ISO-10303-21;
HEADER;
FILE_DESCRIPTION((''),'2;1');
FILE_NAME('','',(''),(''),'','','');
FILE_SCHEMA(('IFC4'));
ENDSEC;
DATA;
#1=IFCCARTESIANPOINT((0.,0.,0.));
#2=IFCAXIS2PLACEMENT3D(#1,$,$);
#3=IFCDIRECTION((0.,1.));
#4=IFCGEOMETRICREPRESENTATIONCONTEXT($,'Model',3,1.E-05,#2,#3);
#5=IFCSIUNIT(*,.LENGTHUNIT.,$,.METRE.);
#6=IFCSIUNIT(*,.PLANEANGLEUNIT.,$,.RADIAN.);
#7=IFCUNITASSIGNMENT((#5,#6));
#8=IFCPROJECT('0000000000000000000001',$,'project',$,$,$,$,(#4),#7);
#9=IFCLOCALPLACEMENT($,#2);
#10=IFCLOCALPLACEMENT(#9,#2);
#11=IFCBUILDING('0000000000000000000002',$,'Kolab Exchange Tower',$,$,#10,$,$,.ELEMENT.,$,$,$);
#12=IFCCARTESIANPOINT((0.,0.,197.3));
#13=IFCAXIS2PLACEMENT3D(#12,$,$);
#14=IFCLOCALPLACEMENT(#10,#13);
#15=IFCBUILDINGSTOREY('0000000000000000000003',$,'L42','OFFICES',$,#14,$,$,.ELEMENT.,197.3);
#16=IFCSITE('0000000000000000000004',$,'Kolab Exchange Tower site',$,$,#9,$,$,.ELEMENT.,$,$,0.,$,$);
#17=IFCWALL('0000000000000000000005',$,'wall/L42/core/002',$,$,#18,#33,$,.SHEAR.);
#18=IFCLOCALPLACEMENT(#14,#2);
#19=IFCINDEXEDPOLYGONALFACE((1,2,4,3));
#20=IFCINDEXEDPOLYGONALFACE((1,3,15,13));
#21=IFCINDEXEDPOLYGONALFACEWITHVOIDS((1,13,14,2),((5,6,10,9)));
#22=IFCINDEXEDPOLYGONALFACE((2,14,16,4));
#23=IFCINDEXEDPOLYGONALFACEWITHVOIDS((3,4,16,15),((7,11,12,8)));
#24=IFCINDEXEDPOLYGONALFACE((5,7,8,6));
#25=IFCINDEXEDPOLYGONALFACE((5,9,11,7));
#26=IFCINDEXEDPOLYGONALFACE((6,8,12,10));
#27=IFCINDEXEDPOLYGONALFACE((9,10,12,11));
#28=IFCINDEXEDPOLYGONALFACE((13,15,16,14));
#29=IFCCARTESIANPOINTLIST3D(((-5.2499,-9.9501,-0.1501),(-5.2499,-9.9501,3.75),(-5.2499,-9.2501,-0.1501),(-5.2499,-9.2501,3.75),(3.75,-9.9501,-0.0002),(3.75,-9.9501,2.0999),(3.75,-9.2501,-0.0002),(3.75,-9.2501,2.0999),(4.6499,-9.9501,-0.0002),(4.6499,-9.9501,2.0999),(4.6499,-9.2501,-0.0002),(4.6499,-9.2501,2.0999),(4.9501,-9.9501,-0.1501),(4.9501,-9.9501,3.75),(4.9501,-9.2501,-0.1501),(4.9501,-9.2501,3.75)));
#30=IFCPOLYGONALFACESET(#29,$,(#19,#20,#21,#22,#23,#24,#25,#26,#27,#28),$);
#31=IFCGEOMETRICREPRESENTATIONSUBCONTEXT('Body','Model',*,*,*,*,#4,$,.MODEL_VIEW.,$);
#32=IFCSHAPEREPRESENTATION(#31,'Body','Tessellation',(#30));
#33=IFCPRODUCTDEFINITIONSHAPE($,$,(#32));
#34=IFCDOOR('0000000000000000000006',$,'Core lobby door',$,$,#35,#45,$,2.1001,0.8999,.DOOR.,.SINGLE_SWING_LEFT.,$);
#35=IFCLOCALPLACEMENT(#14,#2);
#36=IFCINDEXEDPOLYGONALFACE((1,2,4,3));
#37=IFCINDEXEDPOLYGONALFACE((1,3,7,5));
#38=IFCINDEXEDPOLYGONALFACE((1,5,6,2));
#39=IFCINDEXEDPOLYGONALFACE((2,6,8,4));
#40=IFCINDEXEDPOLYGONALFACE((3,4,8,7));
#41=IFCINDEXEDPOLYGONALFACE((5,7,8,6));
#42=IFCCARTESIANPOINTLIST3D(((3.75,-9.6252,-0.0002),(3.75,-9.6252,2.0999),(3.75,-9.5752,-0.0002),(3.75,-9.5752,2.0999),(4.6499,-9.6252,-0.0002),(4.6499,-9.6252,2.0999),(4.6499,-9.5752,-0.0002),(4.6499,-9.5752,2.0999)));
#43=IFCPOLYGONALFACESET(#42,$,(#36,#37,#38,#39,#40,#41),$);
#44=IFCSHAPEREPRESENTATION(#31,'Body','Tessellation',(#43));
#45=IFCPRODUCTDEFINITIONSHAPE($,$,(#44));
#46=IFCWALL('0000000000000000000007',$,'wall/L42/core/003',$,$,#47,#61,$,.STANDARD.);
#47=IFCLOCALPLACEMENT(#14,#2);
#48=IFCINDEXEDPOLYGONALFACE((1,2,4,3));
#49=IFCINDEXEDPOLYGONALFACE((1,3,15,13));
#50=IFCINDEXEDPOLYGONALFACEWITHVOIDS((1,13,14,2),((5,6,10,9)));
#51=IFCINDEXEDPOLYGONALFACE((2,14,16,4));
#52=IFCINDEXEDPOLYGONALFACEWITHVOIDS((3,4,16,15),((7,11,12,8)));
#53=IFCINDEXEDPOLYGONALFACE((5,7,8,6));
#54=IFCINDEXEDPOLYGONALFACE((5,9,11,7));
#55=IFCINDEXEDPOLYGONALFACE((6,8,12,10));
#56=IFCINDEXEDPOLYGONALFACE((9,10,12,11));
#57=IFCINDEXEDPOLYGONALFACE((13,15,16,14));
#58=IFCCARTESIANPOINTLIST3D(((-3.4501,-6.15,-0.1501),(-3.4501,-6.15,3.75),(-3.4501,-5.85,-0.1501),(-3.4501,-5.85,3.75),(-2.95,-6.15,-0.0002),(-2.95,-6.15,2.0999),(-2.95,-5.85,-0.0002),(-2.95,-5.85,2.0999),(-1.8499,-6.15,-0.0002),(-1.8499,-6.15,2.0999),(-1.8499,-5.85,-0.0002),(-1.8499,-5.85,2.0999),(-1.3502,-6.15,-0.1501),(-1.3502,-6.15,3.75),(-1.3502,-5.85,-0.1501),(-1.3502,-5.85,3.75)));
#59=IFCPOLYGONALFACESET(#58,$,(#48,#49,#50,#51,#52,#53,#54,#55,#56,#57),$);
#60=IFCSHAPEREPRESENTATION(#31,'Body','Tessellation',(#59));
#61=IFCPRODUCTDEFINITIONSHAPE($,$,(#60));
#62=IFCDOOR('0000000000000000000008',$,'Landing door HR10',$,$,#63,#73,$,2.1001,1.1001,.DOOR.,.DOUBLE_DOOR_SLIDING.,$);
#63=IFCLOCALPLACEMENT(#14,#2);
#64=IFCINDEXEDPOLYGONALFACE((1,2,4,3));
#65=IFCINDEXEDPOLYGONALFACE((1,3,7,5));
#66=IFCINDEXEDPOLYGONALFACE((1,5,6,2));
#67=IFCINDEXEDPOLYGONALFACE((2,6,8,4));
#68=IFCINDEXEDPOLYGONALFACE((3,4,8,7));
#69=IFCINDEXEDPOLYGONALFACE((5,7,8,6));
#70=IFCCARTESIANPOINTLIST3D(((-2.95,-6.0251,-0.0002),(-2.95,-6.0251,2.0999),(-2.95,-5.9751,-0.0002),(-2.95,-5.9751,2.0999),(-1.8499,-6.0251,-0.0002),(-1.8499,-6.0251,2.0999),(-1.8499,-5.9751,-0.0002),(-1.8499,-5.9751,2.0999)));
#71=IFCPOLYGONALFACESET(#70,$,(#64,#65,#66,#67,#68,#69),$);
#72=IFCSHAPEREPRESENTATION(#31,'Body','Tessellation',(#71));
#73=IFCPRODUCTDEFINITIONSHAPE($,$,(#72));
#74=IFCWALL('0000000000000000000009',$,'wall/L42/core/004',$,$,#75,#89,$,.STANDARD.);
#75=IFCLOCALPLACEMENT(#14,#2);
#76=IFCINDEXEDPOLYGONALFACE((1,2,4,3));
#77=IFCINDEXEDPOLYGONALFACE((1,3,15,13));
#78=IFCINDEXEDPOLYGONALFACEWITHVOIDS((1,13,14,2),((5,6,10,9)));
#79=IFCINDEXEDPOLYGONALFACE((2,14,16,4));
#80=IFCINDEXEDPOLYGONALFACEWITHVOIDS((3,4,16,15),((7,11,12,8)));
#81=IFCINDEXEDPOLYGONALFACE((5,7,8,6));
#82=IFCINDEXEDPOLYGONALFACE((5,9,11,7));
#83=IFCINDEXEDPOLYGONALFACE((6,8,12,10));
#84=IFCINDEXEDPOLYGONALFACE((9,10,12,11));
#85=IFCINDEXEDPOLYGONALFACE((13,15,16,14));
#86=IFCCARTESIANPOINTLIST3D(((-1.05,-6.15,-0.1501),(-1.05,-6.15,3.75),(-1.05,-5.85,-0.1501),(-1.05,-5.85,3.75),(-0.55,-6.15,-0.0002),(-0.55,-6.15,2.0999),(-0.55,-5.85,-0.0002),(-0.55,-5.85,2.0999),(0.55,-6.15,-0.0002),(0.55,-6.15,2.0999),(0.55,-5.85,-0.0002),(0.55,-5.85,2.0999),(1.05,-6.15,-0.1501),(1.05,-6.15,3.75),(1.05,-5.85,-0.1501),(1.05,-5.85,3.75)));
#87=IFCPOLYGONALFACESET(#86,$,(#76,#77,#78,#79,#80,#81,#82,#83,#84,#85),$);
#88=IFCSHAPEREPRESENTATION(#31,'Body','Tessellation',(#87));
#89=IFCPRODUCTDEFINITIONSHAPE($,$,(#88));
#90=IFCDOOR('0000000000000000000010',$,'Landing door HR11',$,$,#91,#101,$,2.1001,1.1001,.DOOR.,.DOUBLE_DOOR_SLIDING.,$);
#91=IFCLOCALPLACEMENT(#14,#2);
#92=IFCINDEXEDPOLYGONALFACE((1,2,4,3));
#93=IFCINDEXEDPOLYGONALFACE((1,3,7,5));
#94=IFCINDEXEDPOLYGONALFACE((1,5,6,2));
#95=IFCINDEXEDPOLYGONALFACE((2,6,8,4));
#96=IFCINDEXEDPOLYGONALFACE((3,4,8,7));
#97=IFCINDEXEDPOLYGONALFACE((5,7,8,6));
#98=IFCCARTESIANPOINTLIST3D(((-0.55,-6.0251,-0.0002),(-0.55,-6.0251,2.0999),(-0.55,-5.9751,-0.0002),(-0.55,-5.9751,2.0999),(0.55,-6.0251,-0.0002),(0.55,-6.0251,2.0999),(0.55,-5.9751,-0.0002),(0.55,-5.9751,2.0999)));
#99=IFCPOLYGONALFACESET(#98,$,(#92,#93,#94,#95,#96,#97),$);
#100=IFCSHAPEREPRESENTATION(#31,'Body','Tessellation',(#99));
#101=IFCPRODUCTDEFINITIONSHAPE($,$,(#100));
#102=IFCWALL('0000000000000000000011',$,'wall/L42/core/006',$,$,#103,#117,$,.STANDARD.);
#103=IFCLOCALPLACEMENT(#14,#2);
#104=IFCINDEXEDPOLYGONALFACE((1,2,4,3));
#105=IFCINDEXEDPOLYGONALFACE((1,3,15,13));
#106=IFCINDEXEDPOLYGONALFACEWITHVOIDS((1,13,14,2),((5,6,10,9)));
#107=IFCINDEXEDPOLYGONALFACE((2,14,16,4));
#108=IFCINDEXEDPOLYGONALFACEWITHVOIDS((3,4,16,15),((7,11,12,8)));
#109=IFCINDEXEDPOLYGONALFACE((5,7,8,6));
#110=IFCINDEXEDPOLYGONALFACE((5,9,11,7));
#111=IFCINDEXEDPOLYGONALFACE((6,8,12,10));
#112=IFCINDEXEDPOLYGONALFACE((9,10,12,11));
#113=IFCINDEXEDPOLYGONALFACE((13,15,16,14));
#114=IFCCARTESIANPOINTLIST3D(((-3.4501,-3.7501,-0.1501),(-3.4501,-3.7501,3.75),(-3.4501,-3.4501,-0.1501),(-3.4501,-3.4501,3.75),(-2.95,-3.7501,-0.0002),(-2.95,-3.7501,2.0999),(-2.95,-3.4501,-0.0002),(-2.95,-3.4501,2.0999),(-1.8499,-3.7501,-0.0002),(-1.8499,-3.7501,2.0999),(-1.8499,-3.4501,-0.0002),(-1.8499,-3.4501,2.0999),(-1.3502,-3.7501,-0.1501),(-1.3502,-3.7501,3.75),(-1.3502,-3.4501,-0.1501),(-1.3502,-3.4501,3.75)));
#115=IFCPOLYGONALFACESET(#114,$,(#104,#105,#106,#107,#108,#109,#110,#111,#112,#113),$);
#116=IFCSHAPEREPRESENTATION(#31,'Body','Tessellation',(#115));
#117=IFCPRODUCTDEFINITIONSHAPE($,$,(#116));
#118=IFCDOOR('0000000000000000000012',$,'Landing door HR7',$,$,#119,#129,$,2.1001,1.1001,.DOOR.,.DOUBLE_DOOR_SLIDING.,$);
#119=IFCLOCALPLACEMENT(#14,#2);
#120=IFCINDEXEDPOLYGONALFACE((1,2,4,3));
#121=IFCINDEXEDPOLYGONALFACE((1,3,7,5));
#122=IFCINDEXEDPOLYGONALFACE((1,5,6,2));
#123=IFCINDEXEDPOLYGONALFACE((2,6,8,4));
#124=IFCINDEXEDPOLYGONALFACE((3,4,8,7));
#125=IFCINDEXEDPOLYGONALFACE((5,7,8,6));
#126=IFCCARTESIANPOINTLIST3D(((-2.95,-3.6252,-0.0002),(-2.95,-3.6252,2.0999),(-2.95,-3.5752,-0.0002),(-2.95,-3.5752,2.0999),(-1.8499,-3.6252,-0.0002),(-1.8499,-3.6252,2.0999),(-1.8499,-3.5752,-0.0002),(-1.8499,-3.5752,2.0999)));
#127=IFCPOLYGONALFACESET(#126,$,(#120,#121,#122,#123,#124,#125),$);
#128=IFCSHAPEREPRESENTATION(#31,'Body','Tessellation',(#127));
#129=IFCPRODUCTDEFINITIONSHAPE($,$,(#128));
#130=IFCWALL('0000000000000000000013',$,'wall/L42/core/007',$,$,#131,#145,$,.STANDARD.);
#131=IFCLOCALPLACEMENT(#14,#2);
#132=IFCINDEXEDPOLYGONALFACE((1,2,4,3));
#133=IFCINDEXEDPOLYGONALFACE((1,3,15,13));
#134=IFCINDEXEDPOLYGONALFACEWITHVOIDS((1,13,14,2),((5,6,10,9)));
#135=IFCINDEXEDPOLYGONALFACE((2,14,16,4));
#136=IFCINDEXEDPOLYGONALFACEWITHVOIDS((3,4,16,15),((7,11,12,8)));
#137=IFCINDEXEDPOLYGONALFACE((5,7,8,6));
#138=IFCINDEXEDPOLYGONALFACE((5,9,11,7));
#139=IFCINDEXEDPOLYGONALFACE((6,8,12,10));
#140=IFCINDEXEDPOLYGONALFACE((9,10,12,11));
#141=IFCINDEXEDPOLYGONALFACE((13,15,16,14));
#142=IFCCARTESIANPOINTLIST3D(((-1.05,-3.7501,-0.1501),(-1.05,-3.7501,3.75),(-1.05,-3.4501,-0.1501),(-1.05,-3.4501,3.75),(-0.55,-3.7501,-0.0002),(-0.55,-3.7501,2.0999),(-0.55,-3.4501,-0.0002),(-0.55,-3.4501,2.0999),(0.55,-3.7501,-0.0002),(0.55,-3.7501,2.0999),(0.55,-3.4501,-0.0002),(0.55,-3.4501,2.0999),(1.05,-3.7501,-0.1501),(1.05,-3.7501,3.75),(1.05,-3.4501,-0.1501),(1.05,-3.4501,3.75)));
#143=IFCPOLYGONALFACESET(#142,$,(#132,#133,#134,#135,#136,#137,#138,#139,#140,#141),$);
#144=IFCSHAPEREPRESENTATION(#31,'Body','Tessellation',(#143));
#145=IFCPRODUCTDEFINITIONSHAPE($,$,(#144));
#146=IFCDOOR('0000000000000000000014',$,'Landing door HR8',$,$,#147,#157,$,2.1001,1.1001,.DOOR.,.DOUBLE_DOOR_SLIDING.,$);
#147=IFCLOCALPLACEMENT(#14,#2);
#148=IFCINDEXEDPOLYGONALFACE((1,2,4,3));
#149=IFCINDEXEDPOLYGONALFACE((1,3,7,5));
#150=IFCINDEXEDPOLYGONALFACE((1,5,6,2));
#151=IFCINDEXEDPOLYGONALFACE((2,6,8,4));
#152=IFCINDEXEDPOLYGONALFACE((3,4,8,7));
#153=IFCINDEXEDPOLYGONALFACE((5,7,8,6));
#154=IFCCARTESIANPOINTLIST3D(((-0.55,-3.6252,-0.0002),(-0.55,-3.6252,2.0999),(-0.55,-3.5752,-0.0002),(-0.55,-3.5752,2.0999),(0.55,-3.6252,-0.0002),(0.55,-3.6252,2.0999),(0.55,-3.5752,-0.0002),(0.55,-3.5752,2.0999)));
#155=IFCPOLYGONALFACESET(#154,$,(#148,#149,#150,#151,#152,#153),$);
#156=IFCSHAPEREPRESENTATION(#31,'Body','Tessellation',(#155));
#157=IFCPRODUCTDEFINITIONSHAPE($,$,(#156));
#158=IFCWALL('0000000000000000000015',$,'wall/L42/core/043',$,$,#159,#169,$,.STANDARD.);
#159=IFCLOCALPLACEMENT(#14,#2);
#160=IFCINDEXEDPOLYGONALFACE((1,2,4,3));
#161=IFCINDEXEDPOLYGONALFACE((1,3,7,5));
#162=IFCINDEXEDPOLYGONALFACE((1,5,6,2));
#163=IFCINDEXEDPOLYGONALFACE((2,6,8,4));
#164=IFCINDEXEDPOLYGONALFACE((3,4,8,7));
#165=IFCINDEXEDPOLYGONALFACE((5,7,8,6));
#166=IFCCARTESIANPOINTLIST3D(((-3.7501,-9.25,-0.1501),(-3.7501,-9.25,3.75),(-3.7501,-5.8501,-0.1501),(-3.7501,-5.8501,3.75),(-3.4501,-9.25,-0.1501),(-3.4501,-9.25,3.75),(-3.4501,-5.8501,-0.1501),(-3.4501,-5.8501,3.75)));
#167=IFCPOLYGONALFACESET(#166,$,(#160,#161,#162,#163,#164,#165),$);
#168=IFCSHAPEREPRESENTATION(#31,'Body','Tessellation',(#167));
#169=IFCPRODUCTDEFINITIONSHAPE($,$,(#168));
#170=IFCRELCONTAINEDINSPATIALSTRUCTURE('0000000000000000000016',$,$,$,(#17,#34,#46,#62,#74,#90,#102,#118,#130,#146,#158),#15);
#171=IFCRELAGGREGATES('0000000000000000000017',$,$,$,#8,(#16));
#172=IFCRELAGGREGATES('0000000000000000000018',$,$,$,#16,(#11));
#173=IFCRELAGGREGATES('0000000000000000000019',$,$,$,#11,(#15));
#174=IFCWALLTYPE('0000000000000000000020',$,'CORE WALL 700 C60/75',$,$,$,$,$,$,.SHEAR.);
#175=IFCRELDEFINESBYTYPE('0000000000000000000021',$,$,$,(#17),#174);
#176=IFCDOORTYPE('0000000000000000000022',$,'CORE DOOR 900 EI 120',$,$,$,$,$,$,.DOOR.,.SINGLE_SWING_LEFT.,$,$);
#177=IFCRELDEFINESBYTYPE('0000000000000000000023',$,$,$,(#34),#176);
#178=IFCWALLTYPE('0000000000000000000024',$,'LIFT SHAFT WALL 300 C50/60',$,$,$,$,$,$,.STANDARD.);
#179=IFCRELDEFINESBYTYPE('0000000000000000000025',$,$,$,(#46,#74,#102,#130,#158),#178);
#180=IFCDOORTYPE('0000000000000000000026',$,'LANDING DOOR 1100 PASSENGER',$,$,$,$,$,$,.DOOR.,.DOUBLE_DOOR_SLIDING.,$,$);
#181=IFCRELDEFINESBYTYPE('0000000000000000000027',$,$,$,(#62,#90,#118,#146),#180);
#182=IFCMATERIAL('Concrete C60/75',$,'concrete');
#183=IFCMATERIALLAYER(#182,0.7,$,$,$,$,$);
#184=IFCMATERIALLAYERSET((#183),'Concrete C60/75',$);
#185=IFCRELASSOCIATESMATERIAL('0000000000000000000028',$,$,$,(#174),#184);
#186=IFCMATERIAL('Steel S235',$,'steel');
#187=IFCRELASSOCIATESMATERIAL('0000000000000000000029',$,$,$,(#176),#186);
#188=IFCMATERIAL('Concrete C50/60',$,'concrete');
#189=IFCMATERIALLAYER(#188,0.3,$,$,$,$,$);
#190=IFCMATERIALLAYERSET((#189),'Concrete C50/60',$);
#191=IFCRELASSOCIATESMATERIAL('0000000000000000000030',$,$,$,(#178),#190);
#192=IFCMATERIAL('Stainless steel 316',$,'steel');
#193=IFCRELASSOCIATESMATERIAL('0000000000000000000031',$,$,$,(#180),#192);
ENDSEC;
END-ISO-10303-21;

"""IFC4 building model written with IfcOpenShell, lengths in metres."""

from ifc_helpers import new_model, si_unit, direction, frame, frame_2d, origin, place, context, subcontext, project, spatial, rectangle, extrude, material, layer, layer_set, type_object, element, fill, save


model = new_model("IFC4")

# Units and contexts
model_context = context("Model", 3, precision=1e-05, world=origin(), true_north=direction((0.0, 1.0)))
body_context = subcontext(model_context, "Body", "Model", "MODEL_VIEW")
ifc_project = project(units=[si_unit("LENGTHUNIT", "METRE"), si_unit("PLANEANGLEUNIT", "RADIAN")], contexts=[model_context])

# Site, building, storey
site_placement = place(None, origin())
site = spatial("IfcSite", under=ifc_project, at=site_placement, Name="Kolab Exchange Tower site", CompositionType="ELEMENT", RefElevation=0.0)
building_placement = place(site_placement, origin())
building = spatial("IfcBuilding", under=site, at=building_placement, Name="Kolab Exchange Tower", CompositionType="ELEMENT")
storey_placement = place(building_placement, frame((0.0, 0.0, 197.3)))
storey = spatial("IfcBuildingStorey", under=building, at=storey_placement, Name="L42", Description="OFFICES", CompositionType="ELEMENT", Elevation=197.3)

# Walls, openings, doors
ifc_material_1 = material(Name="Concrete C60/75", Category="concrete")
ifc_layer_1 = layer(ifc_material_1, 0.7)
ifc_layer_set_1 = layer_set([ifc_layer_1], Name="Concrete C60/75")
wall_type_1 = type_object("IfcWallType", Name="CORE WALL 700 C60/75", PredefinedType="SHEAR", material=ifc_layer_set_1)
wall_1_placement = place(storey_placement, frame((-5.25, -9.6001, -0.1501), z_axis=(0.0, 0.0, 1.0), x_axis=(1.0, 0.0, 0.0)))
wall_1 = element("IfcWall", 1, at=wall_1_placement, inside=storey, type_object=wall_type_1, Name="wall/L42/core/002", PredefinedType="SHEAR", context=body_context, shape_type="SweptSolid", body=[
    extrude(rectangle(XDim=10.2, YDim=0.7, at=frame_2d((5.1001, 0.0))), origin(), (0.0, 0.0, 1.0), 3.9001),
])
opening_1_placement = place(wall_1_placement, frame((9.0, 0.0, 0.1499)))
opening_1 = element("IfcOpeningElement", 2, at=opening_1_placement, cuts=wall_1, PredefinedType="OPENING", context=body_context, shape_type="SweptSolid", body=[
    extrude(rectangle(XDim=0.8999, YDim=2.1001, at=frame_2d((0.45, 1.05))), frame((0.0, 0.3599, 0.0), z_axis=(0.0, -1.0, 0.0), x_axis=(1.0, 0.0, 0.0)), (0.0, 0.0, 1.0), 0.72),
])
ifc_material_2 = material(Name="Steel S235", Category="steel")
door_type_1 = type_object("IfcDoorType", Name="CORE DOOR 900 EI 120", OperationType="SINGLE_SWING_LEFT", PredefinedType="DOOR", material=ifc_material_2)
door_1_placement = place(opening_1_placement, origin())
door_1 = element("IfcDoor", 3, at=door_1_placement, inside=storey, type_object=door_type_1, Name="Core lobby door", OperationType="SINGLE_SWING_LEFT", OverallHeight=2.1001, OverallWidth=0.8999, PredefinedType="DOOR", context=body_context, shape_type="SweptSolid", body=[
    extrude(rectangle(XDim=0.8999, YDim=2.1001, at=frame_2d((0.45, 1.05))), frame((0.0, 0.0249, 0.0), z_axis=(0.0, -1.0, 0.0), x_axis=(1.0, 0.0, 0.0)), (0.0, 0.0, 1.0), 0.05),
])
fill(opening_1, door_1)
ifc_material_3 = material(Name="Concrete C50/60", Category="concrete")
ifc_layer_2 = layer(ifc_material_3, 0.3)
ifc_layer_set_2 = layer_set([ifc_layer_2], Name="Concrete C50/60")
wall_type_2 = type_object("IfcWallType", Name="LIFT SHAFT WALL 300 C50/60", PredefinedType="STANDARD", material=ifc_layer_set_2)
wall_2_placement = place(storey_placement, frame((-3.45, -6.0, -0.1501), z_axis=(0.0, 0.0, 1.0), x_axis=(1.0, 0.0, 0.0)))
wall_2 = element("IfcWall", 4, at=wall_2_placement, inside=storey, type_object=wall_type_2, Name="wall/L42/core/003", PredefinedType="STANDARD", context=body_context, shape_type="SweptSolid", body=[
    extrude(rectangle(XDim=2.0999, YDim=0.3, at=frame_2d((1.0498, 0.0))), origin(), (0.0, 0.0, 1.0), 3.9001),
])
opening_2_placement = place(wall_2_placement, frame((0.5, 0.0, 0.1499)))
opening_2 = element("IfcOpeningElement", 5, at=opening_2_placement, cuts=wall_2, PredefinedType="OPENING", context=body_context, shape_type="SweptSolid", body=[
    extrude(rectangle(XDim=1.1001, YDim=2.1001, at=frame_2d((0.55, 1.05))), frame((0.0, 0.1602, 0.0), z_axis=(0.0, -1.0, 0.0), x_axis=(1.0, 0.0, 0.0)), (0.0, 0.0, 1.0), 0.3201),
])
ifc_material_4 = material(Name="Stainless steel 316", Category="steel")
door_type_2 = type_object("IfcDoorType", Name="LANDING DOOR 1100 PASSENGER", OperationType="DOUBLE_DOOR_SLIDING", PredefinedType="DOOR", material=ifc_material_4)
door_2_placement = place(opening_2_placement, origin())
door_2 = element("IfcDoor", 6, at=door_2_placement, inside=storey, type_object=door_type_2, Name="Landing door HR10", OperationType="DOUBLE_DOOR_SLIDING", OverallHeight=2.1001, OverallWidth=1.1001, PredefinedType="DOOR", context=body_context, shape_type="SweptSolid", body=[
    extrude(rectangle(XDim=1.1001, YDim=2.1001, at=frame_2d((0.55, 1.05))), frame((0.0, 0.0249, 0.0), z_axis=(0.0, -1.0, 0.0), x_axis=(1.0, 0.0, 0.0)), (0.0, 0.0, 1.0), 0.05),
])
fill(opening_2, door_2)
wall_3_placement = place(storey_placement, frame((-1.05, -6.0, -0.1501), z_axis=(0.0, 0.0, 1.0), x_axis=(1.0, 0.0, 0.0)))
wall_3 = element("IfcWall", 7, at=wall_3_placement, inside=storey, type_object=wall_type_2, Name="wall/L42/core/004", PredefinedType="STANDARD", context=body_context, shape_type="SweptSolid", body=[
    extrude(rectangle(XDim=2.1001, YDim=0.3, at=frame_2d((1.05, 0.0))), origin(), (0.0, 0.0, 1.0), 3.9001),
])
opening_3_placement = place(wall_3_placement, frame((0.5, 0.0, 0.1499)))
opening_3 = element("IfcOpeningElement", 8, at=opening_3_placement, cuts=wall_3, PredefinedType="OPENING", context=body_context, shape_type="SweptSolid", body=[
    extrude(rectangle(XDim=1.1001, YDim=2.1001, at=frame_2d((0.55, 1.05))), frame((0.0, 0.1602, 0.0), z_axis=(0.0, -1.0, 0.0), x_axis=(1.0, 0.0, 0.0)), (0.0, 0.0, 1.0), 0.3201),
])
door_3_placement = place(opening_3_placement, origin())
door_3 = element("IfcDoor", 9, at=door_3_placement, inside=storey, type_object=door_type_2, Name="Landing door HR11", OperationType="DOUBLE_DOOR_SLIDING", OverallHeight=2.1001, OverallWidth=1.1001, PredefinedType="DOOR", context=body_context, shape_type="SweptSolid", body=[
    extrude(rectangle(XDim=1.1001, YDim=2.1001, at=frame_2d((0.55, 1.05))), frame((0.0, 0.0249, 0.0), z_axis=(0.0, -1.0, 0.0), x_axis=(1.0, 0.0, 0.0)), (0.0, 0.0, 1.0), 0.05),
])
fill(opening_3, door_3)
wall_4_placement = place(storey_placement, frame((-3.45, -3.6001, -0.1501), z_axis=(0.0, 0.0, 1.0), x_axis=(1.0, 0.0, 0.0)))
wall_4 = element("IfcWall", 10, at=wall_4_placement, inside=storey, type_object=wall_type_2, Name="wall/L42/core/006", PredefinedType="STANDARD", context=body_context, shape_type="SweptSolid", body=[
    extrude(rectangle(XDim=2.0999, YDim=0.3, at=frame_2d((1.0498, 0.0))), origin(), (0.0, 0.0, 1.0), 3.9001),
])
opening_4_placement = place(wall_4_placement, frame((0.5, 0.0, 0.1499)))
opening_4 = element("IfcOpeningElement", 11, at=opening_4_placement, cuts=wall_4, PredefinedType="OPENING", context=body_context, shape_type="SweptSolid", body=[
    extrude(rectangle(XDim=1.1001, YDim=2.1001, at=frame_2d((0.55, 1.05))), frame((0.0, 0.1602, 0.0), z_axis=(0.0, -1.0, 0.0), x_axis=(1.0, 0.0, 0.0)), (0.0, 0.0, 1.0), 0.3201),
])
door_4_placement = place(opening_4_placement, origin())
door_4 = element("IfcDoor", 12, at=door_4_placement, inside=storey, type_object=door_type_2, Name="Landing door HR7", OperationType="DOUBLE_DOOR_SLIDING", OverallHeight=2.1001, OverallWidth=1.1001, PredefinedType="DOOR", context=body_context, shape_type="SweptSolid", body=[
    extrude(rectangle(XDim=1.1001, YDim=2.1001, at=frame_2d((0.55, 1.05))), frame((0.0, 0.0249, 0.0), z_axis=(0.0, -1.0, 0.0), x_axis=(1.0, 0.0, 0.0)), (0.0, 0.0, 1.0), 0.05),
])
fill(opening_4, door_4)
wall_5_placement = place(storey_placement, frame((-1.05, -3.6001, -0.1501), z_axis=(0.0, 0.0, 1.0), x_axis=(1.0, 0.0, 0.0)))
wall_5 = element("IfcWall", 13, at=wall_5_placement, inside=storey, type_object=wall_type_2, Name="wall/L42/core/007", PredefinedType="STANDARD", context=body_context, shape_type="SweptSolid", body=[
    extrude(rectangle(XDim=2.1001, YDim=0.3, at=frame_2d((1.05, 0.0))), origin(), (0.0, 0.0, 1.0), 3.9001),
])
opening_5_placement = place(wall_5_placement, frame((0.5, 0.0, 0.1499)))
opening_5 = element("IfcOpeningElement", 14, at=opening_5_placement, cuts=wall_5, PredefinedType="OPENING", context=body_context, shape_type="SweptSolid", body=[
    extrude(rectangle(XDim=1.1001, YDim=2.1001, at=frame_2d((0.55, 1.05))), frame((0.0, 0.1602, 0.0), z_axis=(0.0, -1.0, 0.0), x_axis=(1.0, 0.0, 0.0)), (0.0, 0.0, 1.0), 0.3201),
])
door_5_placement = place(opening_5_placement, origin())
door_5 = element("IfcDoor", 15, at=door_5_placement, inside=storey, type_object=door_type_2, Name="Landing door HR8", OperationType="DOUBLE_DOOR_SLIDING", OverallHeight=2.1001, OverallWidth=1.1001, PredefinedType="DOOR", context=body_context, shape_type="SweptSolid", body=[
    extrude(rectangle(XDim=1.1001, YDim=2.1001, at=frame_2d((0.55, 1.05))), frame((0.0, 0.0249, 0.0), z_axis=(0.0, -1.0, 0.0), x_axis=(1.0, 0.0, 0.0)), (0.0, 0.0, 1.0), 0.05),
])
fill(opening_5, door_5)

# Wall
wall_6_placement = place(storey_placement, frame((-3.6001, -9.25, -0.1501), z_axis=(0.0, 0.0, 1.0), x_axis=(0.0, 1.0, 0.0)))
element("IfcWall", 16, at=wall_6_placement, inside=storey, type_object=wall_type_2, Name="wall/L42/core/043", PredefinedType="STANDARD", context=body_context, shape_type="SweptSolid", body=[
    extrude(rectangle(XDim=3.3999, YDim=0.3, at=frame_2d((1.7, 0.0))), origin(), (0.0, 0.0, 1.0), 3.9001),
])

save(model, "model.ifc")
